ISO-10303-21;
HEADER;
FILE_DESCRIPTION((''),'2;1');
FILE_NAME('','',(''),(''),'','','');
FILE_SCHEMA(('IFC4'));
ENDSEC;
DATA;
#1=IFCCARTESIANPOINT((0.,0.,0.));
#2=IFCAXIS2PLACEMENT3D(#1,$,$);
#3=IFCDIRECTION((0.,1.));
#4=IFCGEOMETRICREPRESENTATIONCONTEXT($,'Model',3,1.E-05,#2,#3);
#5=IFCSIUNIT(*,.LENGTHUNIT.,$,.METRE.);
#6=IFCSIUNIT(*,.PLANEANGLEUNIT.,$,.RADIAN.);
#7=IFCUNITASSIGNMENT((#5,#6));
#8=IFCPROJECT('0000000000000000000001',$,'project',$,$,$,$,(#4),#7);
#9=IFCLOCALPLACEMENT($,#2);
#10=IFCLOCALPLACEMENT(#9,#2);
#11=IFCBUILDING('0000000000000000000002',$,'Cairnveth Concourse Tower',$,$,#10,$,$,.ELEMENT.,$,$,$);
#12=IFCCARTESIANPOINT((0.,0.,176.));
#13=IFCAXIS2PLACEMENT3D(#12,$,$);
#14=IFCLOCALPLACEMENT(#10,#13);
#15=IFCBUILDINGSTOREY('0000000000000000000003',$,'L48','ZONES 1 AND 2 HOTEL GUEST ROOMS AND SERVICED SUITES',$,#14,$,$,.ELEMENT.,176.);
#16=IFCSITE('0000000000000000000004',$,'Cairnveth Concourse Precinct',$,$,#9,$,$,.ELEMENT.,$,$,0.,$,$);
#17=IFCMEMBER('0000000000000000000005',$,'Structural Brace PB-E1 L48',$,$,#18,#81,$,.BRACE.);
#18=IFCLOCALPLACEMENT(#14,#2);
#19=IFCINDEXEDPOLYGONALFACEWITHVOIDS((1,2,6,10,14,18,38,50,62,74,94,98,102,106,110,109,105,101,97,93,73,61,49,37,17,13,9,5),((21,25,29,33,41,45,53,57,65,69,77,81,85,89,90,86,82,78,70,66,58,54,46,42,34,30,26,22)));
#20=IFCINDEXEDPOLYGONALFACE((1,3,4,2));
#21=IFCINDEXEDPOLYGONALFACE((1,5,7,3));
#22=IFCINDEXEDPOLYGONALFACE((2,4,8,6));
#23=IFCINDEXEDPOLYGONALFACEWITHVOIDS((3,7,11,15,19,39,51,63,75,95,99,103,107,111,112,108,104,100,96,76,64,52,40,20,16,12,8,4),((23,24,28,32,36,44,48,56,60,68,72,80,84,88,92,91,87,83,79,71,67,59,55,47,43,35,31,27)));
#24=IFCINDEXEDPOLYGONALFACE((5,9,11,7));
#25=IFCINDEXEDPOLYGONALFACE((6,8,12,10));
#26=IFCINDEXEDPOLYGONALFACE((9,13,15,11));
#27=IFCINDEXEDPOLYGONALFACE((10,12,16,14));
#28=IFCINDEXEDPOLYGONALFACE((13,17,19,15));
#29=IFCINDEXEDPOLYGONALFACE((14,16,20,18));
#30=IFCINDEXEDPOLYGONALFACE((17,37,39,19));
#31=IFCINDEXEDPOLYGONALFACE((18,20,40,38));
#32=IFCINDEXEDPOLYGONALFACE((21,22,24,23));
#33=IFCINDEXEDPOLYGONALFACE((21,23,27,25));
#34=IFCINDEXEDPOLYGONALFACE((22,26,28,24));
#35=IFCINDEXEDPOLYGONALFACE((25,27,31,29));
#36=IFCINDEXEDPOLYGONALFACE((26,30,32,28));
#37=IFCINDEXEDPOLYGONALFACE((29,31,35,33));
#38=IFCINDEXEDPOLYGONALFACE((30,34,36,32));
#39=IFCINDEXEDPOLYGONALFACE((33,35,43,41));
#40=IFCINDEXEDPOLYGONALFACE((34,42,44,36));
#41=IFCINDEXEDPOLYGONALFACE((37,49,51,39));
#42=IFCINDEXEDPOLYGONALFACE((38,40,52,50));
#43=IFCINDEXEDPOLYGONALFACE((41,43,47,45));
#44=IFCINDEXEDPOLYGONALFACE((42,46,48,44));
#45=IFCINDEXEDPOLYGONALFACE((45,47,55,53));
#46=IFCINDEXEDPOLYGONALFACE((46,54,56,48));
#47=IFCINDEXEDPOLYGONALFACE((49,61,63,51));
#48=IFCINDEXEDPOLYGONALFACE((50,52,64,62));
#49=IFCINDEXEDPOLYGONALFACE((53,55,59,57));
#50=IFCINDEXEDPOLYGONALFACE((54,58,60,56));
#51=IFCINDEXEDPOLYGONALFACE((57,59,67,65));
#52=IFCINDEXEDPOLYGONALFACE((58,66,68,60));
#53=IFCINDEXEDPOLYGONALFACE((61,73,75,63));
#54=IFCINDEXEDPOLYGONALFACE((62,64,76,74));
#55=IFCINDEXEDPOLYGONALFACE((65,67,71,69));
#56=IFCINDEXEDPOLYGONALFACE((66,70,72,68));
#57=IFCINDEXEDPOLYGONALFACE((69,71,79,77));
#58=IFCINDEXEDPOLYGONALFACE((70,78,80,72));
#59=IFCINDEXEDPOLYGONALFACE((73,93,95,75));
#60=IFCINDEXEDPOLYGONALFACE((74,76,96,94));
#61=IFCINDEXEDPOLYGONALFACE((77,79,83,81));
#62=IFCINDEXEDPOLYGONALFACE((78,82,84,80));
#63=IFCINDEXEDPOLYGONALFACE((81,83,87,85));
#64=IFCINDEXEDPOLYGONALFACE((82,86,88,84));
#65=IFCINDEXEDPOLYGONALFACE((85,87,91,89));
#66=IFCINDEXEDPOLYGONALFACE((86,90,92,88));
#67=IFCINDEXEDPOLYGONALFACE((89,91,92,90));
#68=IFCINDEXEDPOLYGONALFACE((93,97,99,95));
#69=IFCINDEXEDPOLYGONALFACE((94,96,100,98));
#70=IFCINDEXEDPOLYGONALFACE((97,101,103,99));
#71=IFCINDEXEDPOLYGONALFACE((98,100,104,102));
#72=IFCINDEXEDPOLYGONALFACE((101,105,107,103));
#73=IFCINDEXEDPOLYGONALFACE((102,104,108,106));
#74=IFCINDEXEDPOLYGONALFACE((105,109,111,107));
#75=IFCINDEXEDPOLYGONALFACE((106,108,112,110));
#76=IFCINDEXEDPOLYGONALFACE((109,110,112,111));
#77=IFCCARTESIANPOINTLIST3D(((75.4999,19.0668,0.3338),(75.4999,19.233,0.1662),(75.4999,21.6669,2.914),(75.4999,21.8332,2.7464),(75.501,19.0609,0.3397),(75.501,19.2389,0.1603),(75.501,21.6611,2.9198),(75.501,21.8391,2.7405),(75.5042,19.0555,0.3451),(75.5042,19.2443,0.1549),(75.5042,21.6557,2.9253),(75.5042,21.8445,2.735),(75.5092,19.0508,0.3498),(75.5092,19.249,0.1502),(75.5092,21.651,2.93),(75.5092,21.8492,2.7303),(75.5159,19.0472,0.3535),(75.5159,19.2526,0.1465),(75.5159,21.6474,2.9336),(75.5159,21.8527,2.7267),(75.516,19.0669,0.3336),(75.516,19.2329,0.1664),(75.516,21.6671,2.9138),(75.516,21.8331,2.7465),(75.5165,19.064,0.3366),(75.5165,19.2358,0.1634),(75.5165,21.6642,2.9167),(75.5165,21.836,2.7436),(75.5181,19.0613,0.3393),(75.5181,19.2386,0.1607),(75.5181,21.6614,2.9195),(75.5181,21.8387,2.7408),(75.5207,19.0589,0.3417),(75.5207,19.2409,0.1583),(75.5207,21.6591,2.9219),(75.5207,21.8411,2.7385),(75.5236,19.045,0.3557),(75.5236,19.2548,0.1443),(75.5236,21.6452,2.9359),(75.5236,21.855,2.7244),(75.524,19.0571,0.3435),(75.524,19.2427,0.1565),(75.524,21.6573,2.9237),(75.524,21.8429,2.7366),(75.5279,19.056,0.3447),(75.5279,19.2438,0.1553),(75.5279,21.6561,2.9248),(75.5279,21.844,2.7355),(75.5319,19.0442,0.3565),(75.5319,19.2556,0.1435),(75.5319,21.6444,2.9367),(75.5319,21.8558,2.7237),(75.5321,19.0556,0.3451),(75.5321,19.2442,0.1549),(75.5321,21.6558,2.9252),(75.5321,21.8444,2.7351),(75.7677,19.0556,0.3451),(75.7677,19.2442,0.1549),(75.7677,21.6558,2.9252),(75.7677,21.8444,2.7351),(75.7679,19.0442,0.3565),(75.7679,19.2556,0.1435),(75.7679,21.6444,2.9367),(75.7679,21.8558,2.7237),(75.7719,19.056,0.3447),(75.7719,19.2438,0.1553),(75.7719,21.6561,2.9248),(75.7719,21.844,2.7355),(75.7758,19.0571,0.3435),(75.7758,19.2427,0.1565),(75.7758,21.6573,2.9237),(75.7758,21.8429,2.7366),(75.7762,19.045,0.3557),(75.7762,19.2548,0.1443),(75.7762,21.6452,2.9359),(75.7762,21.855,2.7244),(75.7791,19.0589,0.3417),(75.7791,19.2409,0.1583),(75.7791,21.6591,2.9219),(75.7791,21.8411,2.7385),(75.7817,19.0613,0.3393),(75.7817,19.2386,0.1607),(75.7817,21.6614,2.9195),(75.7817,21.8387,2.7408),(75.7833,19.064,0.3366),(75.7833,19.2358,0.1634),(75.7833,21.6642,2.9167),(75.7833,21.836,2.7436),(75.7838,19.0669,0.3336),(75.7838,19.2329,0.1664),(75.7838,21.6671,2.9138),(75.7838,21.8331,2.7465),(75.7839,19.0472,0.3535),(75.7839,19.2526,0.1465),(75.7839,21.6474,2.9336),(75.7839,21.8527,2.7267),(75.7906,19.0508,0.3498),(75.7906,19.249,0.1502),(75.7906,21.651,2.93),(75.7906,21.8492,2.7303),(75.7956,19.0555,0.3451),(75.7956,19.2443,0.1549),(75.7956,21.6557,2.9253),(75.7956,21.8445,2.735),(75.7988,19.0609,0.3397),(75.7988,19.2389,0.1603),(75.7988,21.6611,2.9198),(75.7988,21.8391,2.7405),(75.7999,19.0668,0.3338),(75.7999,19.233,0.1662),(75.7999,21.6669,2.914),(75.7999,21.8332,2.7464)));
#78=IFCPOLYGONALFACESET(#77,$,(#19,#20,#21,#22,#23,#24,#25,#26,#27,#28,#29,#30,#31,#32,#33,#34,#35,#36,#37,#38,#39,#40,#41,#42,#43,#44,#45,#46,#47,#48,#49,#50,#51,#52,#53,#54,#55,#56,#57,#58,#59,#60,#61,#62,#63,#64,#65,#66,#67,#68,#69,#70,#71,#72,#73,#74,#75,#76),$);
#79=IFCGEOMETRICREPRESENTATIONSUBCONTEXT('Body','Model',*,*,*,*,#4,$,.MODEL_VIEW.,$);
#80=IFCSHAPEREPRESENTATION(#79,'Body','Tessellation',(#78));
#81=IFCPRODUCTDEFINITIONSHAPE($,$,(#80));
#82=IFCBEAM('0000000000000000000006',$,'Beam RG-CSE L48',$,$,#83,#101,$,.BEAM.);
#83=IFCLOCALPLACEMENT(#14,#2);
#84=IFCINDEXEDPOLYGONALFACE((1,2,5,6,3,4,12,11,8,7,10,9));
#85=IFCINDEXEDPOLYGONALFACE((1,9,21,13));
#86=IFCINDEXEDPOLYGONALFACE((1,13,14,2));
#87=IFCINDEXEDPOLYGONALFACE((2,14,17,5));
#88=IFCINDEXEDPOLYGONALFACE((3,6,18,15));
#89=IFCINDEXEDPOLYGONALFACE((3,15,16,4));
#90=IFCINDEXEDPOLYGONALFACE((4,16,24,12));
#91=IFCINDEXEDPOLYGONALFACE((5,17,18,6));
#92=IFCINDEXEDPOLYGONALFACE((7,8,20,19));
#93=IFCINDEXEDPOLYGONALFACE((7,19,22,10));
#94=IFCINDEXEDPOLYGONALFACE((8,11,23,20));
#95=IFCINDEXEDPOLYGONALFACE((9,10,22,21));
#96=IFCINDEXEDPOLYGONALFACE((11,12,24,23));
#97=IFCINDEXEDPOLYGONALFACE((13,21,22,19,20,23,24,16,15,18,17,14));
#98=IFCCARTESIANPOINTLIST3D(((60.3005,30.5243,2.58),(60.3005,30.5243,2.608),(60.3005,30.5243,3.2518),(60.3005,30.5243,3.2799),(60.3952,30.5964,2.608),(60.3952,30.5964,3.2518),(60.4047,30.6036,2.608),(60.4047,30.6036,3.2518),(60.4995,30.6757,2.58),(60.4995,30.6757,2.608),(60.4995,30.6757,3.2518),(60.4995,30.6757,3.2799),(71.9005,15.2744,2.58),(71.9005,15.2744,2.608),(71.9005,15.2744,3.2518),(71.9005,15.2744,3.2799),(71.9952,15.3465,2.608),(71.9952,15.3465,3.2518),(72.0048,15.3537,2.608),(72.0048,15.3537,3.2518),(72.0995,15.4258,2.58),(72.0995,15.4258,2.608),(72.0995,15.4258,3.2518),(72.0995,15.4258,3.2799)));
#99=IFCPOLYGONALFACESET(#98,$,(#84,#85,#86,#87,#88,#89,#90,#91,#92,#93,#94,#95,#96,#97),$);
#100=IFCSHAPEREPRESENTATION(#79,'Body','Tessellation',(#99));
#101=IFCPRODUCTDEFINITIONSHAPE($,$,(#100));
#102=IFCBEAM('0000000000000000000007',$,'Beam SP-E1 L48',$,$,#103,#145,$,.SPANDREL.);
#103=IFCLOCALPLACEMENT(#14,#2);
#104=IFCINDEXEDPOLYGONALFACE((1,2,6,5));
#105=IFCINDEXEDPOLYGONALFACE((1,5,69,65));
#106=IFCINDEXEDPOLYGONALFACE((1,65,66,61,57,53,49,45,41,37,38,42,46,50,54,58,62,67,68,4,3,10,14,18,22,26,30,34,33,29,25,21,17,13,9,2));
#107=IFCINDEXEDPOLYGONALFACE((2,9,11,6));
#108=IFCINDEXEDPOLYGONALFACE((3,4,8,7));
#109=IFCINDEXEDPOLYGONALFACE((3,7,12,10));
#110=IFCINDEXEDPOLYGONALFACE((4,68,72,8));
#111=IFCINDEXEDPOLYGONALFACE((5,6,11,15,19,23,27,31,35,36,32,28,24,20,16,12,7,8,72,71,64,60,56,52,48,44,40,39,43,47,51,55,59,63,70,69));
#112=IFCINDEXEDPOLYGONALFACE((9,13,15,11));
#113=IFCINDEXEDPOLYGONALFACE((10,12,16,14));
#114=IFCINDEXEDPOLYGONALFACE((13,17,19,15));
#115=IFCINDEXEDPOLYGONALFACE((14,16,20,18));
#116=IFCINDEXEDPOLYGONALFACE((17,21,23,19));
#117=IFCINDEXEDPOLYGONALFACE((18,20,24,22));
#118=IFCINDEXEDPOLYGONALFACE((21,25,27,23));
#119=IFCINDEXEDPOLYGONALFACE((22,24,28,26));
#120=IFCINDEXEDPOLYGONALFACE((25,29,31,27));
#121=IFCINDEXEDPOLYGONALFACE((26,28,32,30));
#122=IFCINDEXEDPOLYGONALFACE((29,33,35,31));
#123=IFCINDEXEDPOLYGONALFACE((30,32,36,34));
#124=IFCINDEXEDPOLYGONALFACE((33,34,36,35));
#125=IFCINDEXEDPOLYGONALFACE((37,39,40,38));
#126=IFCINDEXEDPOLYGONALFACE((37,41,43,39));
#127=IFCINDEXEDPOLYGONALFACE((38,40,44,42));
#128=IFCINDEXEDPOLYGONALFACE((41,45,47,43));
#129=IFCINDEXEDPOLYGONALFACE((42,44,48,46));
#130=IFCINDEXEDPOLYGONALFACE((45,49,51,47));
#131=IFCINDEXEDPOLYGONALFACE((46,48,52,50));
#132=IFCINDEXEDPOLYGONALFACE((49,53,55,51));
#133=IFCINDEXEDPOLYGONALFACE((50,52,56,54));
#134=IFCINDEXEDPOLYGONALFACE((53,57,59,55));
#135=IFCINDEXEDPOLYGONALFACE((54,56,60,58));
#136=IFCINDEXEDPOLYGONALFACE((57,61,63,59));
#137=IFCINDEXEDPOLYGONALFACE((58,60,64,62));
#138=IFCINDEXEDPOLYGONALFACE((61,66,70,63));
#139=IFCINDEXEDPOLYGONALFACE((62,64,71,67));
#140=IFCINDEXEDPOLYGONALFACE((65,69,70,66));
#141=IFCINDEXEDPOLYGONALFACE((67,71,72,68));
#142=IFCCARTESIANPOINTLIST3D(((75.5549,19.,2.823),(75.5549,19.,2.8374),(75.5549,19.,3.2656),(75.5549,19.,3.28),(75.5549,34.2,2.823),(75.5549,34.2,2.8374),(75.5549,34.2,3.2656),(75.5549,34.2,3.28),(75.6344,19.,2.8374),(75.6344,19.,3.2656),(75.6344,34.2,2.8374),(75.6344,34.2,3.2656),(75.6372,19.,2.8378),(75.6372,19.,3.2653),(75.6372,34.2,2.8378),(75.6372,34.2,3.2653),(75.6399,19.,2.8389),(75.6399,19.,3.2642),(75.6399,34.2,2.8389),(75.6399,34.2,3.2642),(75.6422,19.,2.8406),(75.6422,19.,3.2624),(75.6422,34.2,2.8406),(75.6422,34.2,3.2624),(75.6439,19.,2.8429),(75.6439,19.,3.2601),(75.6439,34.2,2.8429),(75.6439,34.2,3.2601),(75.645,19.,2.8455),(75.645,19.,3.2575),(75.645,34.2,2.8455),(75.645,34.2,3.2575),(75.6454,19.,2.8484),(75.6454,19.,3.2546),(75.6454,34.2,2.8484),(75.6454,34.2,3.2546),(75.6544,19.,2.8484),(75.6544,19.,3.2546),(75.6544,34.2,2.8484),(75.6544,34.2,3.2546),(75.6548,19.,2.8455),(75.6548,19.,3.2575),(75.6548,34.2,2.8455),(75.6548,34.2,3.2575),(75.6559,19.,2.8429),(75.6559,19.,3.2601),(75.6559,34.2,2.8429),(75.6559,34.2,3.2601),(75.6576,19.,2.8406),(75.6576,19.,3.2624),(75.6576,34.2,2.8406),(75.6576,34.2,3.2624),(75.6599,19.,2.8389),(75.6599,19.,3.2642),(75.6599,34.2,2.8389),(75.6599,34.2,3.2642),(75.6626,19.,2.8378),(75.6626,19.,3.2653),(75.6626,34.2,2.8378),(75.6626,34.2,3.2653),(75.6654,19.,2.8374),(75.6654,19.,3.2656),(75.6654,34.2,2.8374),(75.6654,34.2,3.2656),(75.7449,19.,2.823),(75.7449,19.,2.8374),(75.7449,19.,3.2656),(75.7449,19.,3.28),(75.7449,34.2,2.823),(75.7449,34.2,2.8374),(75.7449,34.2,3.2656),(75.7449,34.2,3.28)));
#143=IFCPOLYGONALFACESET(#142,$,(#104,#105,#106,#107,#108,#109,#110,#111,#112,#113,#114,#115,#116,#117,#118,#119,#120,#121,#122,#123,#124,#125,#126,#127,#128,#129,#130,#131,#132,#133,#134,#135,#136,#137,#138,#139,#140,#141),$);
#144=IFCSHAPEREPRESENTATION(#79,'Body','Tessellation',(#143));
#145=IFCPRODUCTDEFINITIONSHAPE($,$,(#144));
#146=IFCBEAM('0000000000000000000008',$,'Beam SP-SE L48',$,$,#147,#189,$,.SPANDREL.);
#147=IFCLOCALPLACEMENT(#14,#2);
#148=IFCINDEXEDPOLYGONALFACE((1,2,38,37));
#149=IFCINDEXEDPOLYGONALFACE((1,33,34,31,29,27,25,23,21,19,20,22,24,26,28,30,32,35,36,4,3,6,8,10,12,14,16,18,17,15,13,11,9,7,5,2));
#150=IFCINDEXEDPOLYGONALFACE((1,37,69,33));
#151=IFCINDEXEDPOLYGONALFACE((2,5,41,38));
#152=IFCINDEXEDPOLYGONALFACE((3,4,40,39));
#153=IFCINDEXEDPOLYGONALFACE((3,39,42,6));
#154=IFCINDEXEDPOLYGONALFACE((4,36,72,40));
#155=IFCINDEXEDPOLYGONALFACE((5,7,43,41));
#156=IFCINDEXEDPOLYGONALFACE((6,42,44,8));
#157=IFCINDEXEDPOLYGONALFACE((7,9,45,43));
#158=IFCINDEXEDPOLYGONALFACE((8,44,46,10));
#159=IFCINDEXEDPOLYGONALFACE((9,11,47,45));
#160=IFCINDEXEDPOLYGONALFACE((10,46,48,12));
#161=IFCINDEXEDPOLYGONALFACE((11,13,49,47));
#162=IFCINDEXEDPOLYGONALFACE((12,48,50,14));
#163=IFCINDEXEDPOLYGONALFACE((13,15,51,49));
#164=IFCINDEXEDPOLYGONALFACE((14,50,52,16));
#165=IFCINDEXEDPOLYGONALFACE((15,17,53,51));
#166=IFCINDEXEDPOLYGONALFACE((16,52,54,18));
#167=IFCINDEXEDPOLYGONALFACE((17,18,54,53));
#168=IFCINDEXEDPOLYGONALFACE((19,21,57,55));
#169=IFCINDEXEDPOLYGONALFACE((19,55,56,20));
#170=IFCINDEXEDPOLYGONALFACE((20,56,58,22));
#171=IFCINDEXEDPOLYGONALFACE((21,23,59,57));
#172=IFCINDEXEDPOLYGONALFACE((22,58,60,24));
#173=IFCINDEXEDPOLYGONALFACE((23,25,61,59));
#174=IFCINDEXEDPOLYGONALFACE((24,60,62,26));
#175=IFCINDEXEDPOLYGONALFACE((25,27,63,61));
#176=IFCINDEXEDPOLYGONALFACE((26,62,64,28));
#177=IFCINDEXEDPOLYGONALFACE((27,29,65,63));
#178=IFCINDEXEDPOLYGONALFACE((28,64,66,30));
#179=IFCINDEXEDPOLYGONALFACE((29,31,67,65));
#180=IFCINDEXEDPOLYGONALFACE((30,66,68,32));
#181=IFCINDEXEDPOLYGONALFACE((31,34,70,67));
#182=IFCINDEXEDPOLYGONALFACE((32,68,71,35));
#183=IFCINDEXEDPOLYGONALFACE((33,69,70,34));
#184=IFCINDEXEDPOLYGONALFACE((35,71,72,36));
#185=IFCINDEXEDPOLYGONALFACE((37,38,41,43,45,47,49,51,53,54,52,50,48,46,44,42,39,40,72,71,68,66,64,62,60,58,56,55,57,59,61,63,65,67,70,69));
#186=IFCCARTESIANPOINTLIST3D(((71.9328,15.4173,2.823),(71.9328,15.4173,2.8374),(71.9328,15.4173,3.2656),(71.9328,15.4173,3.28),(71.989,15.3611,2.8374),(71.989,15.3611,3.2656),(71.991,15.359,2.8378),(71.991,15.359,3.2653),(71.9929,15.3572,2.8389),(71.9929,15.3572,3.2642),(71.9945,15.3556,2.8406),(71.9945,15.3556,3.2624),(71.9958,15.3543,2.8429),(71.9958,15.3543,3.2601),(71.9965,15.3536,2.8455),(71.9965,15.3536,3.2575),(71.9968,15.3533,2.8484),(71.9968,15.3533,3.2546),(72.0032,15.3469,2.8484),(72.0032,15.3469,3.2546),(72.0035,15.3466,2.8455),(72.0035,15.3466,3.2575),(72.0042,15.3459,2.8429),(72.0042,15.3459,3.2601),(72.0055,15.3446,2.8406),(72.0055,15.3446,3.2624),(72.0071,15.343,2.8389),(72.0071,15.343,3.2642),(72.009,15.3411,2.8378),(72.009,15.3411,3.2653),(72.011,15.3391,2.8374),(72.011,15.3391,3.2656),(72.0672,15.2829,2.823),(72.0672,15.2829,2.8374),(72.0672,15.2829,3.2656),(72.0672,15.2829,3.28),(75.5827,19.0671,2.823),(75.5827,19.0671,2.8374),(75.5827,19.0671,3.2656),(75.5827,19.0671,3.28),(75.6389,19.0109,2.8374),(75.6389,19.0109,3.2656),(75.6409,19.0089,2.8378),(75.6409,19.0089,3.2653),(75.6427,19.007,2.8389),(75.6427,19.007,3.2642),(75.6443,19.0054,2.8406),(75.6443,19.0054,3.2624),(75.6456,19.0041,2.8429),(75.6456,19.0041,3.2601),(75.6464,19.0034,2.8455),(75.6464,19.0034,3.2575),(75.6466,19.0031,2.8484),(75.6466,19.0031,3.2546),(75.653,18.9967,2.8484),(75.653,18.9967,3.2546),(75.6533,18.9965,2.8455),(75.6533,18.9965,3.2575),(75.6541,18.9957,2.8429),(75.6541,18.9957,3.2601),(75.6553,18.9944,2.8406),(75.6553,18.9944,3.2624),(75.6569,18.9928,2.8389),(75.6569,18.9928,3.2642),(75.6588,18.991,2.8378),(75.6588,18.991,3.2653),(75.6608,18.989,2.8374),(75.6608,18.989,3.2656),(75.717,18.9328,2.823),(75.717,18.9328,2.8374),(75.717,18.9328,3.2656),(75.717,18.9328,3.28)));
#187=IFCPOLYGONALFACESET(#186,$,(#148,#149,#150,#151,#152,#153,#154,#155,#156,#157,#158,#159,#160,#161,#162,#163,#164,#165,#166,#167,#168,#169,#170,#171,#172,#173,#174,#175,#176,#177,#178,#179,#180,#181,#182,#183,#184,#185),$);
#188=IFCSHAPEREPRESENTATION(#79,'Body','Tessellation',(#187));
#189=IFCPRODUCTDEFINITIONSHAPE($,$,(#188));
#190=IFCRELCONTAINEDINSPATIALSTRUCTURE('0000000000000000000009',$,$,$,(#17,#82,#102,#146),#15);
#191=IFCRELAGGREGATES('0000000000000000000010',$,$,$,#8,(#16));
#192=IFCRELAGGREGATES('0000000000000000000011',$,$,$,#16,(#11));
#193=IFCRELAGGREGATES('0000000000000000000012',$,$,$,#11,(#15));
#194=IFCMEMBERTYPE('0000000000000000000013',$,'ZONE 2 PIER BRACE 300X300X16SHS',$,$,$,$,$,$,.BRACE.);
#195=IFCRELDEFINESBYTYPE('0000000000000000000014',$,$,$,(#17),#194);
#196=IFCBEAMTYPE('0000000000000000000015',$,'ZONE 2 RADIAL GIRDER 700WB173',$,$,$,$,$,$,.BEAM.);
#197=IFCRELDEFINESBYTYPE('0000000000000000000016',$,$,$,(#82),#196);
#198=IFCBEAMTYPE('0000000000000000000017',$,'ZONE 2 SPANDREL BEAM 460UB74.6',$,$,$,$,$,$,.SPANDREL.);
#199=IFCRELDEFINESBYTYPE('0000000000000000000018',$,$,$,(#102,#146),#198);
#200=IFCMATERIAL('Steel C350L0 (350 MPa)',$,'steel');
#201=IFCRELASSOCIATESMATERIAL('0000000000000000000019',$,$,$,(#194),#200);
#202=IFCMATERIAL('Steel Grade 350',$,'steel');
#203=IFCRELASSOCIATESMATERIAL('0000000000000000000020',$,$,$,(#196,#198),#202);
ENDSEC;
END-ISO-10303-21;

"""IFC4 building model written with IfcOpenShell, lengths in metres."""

from ifc_helpers import new_model, si_unit, direction, frame, origin, origin_2d, place, context, subcontext, project, spatial, hollow_rectangle, i_section, extrude, material, material_profile, profile_set, type_object, element, save


model = new_model("IFC4")

# Units and contexts
model_context = context("Model", 3, precision=1e-05, world=origin(), true_north=direction((0.0, 1.0)))
body_context = subcontext(model_context, "Body", "Model", "MODEL_VIEW")
ifc_project = project(units=[si_unit("LENGTHUNIT", "METRE"), si_unit("PLANEANGLEUNIT", "RADIAN")], contexts=[model_context])

# Site, building, storey
site_placement = place(None, origin())
site = spatial("IfcSite", under=ifc_project, at=site_placement, Name="Cairnveth Concourse Precinct", CompositionType="ELEMENT", RefElevation=0.0)
building_placement = place(site_placement, origin())
building = spatial("IfcBuilding", under=site, at=building_placement, Name="Cairnveth Concourse Tower", CompositionType="ELEMENT")
storey_placement = place(building_placement, frame((0.0, 0.0, 176.0)))
storey = spatial("IfcBuildingStorey", under=building, at=storey_placement, Name="L48", Description="ZONES 1 AND 2 HOTEL GUEST ROOMS AND SERVICED SUITES", CompositionType="ELEMENT", Elevation=176.0)

# Shared definitions
ifc_material_1 = material(Name="Steel Grade 350", Category="steel")

# Member
ifc_material_2 = material(Name="Steel C350L0 (350 MPa)", Category="steel")
ifc_material_profile_1 = material_profile(ifc_material_2, hollow_rectangle(XDim=0.3, YDim=0.3, WallThickness=0.0161, InnerFilletRadius=0.0161, OuterFilletRadius=0.032, at=origin_2d()), Name="300x300x16.0SHS")
ifc_profile_set_1 = profile_set([ifc_material_profile_1], Name="Steel C350L0 (350 MPa)")
member_type = type_object("IfcMemberType", Name="ZONE 2 PIER BRACE 300X300X16SHS", PredefinedType="BRACE", material=ifc_profile_set_1)
for number, where, z_axis, x_axis, name in (
    (1, (75.6499, 19.1499, 0.25), (0.0, 0.709834, 0.704369), (-1.0, 0.0, 0.0), "Structural Brace PB-E1 L48"),
):
    element("IfcMember", number, at=place(storey_placement, frame(where, z_axis=z_axis, x_axis=x_axis)), inside=storey, type_object=member_type, Name=name, PredefinedType="BRACE", context=body_context, shape_type="SweptSolid", body=[
        extrude(hollow_rectangle(XDim=0.3, YDim=0.3, WallThickness=0.0161, InnerFilletRadius=0.0161, OuterFilletRadius=0.032, at=origin_2d()), origin(), (0.0, 0.0, 1.0), 3.6631),
    ])

# Beams
ifc_material_profile_2 = material_profile(ifc_material_1, i_section(OverallWidth=0.25, OverallDepth=0.7, WebThickness=0.012, FlangeThickness=0.0281, at=origin_2d()), Name="700WB173")
ifc_profile_set_2 = profile_set([ifc_material_profile_2], Name="Steel Grade 350")
beam_type_1 = type_object("IfcBeamType", Name="ZONE 2 RADIAL GIRDER 700WB173", PredefinedType="BEAM", material=ifc_profile_set_2)
beam_1_placement = place(storey_placement, frame((72.0, 15.3501, 2.9299), z_axis=(-0.605417, 0.795908, 0.0), x_axis=(-0.795908, -0.605417, 0.0)))
element("IfcBeam", 2, at=beam_1_placement, inside=storey, type_object=beam_type_1, Name="Beam RG-CSE L48", PredefinedType="BEAM", context=body_context, shape_type="SweptSolid", body=[
    extrude(i_section(OverallWidth=0.25, OverallDepth=0.7, WebThickness=0.012, FlangeThickness=0.0281, at=origin_2d()), origin(), (0.0, 0.0, 1.0), 19.1604),
])
ifc_material_profile_3 = material_profile(ifc_material_1, i_section(OverallWidth=0.1899, OverallDepth=0.457, WebThickness=0.009, FlangeThickness=0.0144, FilletRadius=0.011, at=origin_2d()), Name="460UB74.6")
ifc_profile_set_3 = profile_set([ifc_material_profile_3], Name="Steel Grade 350")
beam_type_2 = type_object("IfcBeamType", Name="ZONE 2 SPANDREL BEAM 460UB74.6", PredefinedType="SPANDREL", material=ifc_profile_set_3)
beam_2_placement = place(storey_placement, frame((75.6499, 19.0, 3.0515), z_axis=(0.0, 1.0, 0.0), x_axis=(-1.0, 0.0, 0.0)))
element("IfcBeam", 3, at=beam_2_placement, inside=storey, type_object=beam_type_2, Name="Beam SP-E1 L48", PredefinedType="SPANDREL", context=body_context, shape_type="SweptSolid", body=[
    extrude(i_section(OverallWidth=0.1899, OverallDepth=0.457, WebThickness=0.009, FlangeThickness=0.0144, FilletRadius=0.011, at=origin_2d()), origin(), (0.0, 0.0, 1.0), 15.2),
])
beam_3_placement = place(storey_placement, frame((72.0, 15.3501, 3.0515), z_axis=(0.707107, 0.707107, 0.0), x_axis=(-0.707107, 0.707107, 0.0)))
element("IfcBeam", 4, at=beam_3_placement, inside=storey, type_object=beam_type_2, Name="Beam SP-SE L48", PredefinedType="SPANDREL", context=body_context, shape_type="SweptSolid", body=[
    extrude(i_section(OverallWidth=0.1899, OverallDepth=0.457, WebThickness=0.009, FlangeThickness=0.0144, FilletRadius=0.011, at=origin_2d()), origin(), (0.0, 0.0, 1.0), 5.1616),
])

save(model, "model.ifc")
